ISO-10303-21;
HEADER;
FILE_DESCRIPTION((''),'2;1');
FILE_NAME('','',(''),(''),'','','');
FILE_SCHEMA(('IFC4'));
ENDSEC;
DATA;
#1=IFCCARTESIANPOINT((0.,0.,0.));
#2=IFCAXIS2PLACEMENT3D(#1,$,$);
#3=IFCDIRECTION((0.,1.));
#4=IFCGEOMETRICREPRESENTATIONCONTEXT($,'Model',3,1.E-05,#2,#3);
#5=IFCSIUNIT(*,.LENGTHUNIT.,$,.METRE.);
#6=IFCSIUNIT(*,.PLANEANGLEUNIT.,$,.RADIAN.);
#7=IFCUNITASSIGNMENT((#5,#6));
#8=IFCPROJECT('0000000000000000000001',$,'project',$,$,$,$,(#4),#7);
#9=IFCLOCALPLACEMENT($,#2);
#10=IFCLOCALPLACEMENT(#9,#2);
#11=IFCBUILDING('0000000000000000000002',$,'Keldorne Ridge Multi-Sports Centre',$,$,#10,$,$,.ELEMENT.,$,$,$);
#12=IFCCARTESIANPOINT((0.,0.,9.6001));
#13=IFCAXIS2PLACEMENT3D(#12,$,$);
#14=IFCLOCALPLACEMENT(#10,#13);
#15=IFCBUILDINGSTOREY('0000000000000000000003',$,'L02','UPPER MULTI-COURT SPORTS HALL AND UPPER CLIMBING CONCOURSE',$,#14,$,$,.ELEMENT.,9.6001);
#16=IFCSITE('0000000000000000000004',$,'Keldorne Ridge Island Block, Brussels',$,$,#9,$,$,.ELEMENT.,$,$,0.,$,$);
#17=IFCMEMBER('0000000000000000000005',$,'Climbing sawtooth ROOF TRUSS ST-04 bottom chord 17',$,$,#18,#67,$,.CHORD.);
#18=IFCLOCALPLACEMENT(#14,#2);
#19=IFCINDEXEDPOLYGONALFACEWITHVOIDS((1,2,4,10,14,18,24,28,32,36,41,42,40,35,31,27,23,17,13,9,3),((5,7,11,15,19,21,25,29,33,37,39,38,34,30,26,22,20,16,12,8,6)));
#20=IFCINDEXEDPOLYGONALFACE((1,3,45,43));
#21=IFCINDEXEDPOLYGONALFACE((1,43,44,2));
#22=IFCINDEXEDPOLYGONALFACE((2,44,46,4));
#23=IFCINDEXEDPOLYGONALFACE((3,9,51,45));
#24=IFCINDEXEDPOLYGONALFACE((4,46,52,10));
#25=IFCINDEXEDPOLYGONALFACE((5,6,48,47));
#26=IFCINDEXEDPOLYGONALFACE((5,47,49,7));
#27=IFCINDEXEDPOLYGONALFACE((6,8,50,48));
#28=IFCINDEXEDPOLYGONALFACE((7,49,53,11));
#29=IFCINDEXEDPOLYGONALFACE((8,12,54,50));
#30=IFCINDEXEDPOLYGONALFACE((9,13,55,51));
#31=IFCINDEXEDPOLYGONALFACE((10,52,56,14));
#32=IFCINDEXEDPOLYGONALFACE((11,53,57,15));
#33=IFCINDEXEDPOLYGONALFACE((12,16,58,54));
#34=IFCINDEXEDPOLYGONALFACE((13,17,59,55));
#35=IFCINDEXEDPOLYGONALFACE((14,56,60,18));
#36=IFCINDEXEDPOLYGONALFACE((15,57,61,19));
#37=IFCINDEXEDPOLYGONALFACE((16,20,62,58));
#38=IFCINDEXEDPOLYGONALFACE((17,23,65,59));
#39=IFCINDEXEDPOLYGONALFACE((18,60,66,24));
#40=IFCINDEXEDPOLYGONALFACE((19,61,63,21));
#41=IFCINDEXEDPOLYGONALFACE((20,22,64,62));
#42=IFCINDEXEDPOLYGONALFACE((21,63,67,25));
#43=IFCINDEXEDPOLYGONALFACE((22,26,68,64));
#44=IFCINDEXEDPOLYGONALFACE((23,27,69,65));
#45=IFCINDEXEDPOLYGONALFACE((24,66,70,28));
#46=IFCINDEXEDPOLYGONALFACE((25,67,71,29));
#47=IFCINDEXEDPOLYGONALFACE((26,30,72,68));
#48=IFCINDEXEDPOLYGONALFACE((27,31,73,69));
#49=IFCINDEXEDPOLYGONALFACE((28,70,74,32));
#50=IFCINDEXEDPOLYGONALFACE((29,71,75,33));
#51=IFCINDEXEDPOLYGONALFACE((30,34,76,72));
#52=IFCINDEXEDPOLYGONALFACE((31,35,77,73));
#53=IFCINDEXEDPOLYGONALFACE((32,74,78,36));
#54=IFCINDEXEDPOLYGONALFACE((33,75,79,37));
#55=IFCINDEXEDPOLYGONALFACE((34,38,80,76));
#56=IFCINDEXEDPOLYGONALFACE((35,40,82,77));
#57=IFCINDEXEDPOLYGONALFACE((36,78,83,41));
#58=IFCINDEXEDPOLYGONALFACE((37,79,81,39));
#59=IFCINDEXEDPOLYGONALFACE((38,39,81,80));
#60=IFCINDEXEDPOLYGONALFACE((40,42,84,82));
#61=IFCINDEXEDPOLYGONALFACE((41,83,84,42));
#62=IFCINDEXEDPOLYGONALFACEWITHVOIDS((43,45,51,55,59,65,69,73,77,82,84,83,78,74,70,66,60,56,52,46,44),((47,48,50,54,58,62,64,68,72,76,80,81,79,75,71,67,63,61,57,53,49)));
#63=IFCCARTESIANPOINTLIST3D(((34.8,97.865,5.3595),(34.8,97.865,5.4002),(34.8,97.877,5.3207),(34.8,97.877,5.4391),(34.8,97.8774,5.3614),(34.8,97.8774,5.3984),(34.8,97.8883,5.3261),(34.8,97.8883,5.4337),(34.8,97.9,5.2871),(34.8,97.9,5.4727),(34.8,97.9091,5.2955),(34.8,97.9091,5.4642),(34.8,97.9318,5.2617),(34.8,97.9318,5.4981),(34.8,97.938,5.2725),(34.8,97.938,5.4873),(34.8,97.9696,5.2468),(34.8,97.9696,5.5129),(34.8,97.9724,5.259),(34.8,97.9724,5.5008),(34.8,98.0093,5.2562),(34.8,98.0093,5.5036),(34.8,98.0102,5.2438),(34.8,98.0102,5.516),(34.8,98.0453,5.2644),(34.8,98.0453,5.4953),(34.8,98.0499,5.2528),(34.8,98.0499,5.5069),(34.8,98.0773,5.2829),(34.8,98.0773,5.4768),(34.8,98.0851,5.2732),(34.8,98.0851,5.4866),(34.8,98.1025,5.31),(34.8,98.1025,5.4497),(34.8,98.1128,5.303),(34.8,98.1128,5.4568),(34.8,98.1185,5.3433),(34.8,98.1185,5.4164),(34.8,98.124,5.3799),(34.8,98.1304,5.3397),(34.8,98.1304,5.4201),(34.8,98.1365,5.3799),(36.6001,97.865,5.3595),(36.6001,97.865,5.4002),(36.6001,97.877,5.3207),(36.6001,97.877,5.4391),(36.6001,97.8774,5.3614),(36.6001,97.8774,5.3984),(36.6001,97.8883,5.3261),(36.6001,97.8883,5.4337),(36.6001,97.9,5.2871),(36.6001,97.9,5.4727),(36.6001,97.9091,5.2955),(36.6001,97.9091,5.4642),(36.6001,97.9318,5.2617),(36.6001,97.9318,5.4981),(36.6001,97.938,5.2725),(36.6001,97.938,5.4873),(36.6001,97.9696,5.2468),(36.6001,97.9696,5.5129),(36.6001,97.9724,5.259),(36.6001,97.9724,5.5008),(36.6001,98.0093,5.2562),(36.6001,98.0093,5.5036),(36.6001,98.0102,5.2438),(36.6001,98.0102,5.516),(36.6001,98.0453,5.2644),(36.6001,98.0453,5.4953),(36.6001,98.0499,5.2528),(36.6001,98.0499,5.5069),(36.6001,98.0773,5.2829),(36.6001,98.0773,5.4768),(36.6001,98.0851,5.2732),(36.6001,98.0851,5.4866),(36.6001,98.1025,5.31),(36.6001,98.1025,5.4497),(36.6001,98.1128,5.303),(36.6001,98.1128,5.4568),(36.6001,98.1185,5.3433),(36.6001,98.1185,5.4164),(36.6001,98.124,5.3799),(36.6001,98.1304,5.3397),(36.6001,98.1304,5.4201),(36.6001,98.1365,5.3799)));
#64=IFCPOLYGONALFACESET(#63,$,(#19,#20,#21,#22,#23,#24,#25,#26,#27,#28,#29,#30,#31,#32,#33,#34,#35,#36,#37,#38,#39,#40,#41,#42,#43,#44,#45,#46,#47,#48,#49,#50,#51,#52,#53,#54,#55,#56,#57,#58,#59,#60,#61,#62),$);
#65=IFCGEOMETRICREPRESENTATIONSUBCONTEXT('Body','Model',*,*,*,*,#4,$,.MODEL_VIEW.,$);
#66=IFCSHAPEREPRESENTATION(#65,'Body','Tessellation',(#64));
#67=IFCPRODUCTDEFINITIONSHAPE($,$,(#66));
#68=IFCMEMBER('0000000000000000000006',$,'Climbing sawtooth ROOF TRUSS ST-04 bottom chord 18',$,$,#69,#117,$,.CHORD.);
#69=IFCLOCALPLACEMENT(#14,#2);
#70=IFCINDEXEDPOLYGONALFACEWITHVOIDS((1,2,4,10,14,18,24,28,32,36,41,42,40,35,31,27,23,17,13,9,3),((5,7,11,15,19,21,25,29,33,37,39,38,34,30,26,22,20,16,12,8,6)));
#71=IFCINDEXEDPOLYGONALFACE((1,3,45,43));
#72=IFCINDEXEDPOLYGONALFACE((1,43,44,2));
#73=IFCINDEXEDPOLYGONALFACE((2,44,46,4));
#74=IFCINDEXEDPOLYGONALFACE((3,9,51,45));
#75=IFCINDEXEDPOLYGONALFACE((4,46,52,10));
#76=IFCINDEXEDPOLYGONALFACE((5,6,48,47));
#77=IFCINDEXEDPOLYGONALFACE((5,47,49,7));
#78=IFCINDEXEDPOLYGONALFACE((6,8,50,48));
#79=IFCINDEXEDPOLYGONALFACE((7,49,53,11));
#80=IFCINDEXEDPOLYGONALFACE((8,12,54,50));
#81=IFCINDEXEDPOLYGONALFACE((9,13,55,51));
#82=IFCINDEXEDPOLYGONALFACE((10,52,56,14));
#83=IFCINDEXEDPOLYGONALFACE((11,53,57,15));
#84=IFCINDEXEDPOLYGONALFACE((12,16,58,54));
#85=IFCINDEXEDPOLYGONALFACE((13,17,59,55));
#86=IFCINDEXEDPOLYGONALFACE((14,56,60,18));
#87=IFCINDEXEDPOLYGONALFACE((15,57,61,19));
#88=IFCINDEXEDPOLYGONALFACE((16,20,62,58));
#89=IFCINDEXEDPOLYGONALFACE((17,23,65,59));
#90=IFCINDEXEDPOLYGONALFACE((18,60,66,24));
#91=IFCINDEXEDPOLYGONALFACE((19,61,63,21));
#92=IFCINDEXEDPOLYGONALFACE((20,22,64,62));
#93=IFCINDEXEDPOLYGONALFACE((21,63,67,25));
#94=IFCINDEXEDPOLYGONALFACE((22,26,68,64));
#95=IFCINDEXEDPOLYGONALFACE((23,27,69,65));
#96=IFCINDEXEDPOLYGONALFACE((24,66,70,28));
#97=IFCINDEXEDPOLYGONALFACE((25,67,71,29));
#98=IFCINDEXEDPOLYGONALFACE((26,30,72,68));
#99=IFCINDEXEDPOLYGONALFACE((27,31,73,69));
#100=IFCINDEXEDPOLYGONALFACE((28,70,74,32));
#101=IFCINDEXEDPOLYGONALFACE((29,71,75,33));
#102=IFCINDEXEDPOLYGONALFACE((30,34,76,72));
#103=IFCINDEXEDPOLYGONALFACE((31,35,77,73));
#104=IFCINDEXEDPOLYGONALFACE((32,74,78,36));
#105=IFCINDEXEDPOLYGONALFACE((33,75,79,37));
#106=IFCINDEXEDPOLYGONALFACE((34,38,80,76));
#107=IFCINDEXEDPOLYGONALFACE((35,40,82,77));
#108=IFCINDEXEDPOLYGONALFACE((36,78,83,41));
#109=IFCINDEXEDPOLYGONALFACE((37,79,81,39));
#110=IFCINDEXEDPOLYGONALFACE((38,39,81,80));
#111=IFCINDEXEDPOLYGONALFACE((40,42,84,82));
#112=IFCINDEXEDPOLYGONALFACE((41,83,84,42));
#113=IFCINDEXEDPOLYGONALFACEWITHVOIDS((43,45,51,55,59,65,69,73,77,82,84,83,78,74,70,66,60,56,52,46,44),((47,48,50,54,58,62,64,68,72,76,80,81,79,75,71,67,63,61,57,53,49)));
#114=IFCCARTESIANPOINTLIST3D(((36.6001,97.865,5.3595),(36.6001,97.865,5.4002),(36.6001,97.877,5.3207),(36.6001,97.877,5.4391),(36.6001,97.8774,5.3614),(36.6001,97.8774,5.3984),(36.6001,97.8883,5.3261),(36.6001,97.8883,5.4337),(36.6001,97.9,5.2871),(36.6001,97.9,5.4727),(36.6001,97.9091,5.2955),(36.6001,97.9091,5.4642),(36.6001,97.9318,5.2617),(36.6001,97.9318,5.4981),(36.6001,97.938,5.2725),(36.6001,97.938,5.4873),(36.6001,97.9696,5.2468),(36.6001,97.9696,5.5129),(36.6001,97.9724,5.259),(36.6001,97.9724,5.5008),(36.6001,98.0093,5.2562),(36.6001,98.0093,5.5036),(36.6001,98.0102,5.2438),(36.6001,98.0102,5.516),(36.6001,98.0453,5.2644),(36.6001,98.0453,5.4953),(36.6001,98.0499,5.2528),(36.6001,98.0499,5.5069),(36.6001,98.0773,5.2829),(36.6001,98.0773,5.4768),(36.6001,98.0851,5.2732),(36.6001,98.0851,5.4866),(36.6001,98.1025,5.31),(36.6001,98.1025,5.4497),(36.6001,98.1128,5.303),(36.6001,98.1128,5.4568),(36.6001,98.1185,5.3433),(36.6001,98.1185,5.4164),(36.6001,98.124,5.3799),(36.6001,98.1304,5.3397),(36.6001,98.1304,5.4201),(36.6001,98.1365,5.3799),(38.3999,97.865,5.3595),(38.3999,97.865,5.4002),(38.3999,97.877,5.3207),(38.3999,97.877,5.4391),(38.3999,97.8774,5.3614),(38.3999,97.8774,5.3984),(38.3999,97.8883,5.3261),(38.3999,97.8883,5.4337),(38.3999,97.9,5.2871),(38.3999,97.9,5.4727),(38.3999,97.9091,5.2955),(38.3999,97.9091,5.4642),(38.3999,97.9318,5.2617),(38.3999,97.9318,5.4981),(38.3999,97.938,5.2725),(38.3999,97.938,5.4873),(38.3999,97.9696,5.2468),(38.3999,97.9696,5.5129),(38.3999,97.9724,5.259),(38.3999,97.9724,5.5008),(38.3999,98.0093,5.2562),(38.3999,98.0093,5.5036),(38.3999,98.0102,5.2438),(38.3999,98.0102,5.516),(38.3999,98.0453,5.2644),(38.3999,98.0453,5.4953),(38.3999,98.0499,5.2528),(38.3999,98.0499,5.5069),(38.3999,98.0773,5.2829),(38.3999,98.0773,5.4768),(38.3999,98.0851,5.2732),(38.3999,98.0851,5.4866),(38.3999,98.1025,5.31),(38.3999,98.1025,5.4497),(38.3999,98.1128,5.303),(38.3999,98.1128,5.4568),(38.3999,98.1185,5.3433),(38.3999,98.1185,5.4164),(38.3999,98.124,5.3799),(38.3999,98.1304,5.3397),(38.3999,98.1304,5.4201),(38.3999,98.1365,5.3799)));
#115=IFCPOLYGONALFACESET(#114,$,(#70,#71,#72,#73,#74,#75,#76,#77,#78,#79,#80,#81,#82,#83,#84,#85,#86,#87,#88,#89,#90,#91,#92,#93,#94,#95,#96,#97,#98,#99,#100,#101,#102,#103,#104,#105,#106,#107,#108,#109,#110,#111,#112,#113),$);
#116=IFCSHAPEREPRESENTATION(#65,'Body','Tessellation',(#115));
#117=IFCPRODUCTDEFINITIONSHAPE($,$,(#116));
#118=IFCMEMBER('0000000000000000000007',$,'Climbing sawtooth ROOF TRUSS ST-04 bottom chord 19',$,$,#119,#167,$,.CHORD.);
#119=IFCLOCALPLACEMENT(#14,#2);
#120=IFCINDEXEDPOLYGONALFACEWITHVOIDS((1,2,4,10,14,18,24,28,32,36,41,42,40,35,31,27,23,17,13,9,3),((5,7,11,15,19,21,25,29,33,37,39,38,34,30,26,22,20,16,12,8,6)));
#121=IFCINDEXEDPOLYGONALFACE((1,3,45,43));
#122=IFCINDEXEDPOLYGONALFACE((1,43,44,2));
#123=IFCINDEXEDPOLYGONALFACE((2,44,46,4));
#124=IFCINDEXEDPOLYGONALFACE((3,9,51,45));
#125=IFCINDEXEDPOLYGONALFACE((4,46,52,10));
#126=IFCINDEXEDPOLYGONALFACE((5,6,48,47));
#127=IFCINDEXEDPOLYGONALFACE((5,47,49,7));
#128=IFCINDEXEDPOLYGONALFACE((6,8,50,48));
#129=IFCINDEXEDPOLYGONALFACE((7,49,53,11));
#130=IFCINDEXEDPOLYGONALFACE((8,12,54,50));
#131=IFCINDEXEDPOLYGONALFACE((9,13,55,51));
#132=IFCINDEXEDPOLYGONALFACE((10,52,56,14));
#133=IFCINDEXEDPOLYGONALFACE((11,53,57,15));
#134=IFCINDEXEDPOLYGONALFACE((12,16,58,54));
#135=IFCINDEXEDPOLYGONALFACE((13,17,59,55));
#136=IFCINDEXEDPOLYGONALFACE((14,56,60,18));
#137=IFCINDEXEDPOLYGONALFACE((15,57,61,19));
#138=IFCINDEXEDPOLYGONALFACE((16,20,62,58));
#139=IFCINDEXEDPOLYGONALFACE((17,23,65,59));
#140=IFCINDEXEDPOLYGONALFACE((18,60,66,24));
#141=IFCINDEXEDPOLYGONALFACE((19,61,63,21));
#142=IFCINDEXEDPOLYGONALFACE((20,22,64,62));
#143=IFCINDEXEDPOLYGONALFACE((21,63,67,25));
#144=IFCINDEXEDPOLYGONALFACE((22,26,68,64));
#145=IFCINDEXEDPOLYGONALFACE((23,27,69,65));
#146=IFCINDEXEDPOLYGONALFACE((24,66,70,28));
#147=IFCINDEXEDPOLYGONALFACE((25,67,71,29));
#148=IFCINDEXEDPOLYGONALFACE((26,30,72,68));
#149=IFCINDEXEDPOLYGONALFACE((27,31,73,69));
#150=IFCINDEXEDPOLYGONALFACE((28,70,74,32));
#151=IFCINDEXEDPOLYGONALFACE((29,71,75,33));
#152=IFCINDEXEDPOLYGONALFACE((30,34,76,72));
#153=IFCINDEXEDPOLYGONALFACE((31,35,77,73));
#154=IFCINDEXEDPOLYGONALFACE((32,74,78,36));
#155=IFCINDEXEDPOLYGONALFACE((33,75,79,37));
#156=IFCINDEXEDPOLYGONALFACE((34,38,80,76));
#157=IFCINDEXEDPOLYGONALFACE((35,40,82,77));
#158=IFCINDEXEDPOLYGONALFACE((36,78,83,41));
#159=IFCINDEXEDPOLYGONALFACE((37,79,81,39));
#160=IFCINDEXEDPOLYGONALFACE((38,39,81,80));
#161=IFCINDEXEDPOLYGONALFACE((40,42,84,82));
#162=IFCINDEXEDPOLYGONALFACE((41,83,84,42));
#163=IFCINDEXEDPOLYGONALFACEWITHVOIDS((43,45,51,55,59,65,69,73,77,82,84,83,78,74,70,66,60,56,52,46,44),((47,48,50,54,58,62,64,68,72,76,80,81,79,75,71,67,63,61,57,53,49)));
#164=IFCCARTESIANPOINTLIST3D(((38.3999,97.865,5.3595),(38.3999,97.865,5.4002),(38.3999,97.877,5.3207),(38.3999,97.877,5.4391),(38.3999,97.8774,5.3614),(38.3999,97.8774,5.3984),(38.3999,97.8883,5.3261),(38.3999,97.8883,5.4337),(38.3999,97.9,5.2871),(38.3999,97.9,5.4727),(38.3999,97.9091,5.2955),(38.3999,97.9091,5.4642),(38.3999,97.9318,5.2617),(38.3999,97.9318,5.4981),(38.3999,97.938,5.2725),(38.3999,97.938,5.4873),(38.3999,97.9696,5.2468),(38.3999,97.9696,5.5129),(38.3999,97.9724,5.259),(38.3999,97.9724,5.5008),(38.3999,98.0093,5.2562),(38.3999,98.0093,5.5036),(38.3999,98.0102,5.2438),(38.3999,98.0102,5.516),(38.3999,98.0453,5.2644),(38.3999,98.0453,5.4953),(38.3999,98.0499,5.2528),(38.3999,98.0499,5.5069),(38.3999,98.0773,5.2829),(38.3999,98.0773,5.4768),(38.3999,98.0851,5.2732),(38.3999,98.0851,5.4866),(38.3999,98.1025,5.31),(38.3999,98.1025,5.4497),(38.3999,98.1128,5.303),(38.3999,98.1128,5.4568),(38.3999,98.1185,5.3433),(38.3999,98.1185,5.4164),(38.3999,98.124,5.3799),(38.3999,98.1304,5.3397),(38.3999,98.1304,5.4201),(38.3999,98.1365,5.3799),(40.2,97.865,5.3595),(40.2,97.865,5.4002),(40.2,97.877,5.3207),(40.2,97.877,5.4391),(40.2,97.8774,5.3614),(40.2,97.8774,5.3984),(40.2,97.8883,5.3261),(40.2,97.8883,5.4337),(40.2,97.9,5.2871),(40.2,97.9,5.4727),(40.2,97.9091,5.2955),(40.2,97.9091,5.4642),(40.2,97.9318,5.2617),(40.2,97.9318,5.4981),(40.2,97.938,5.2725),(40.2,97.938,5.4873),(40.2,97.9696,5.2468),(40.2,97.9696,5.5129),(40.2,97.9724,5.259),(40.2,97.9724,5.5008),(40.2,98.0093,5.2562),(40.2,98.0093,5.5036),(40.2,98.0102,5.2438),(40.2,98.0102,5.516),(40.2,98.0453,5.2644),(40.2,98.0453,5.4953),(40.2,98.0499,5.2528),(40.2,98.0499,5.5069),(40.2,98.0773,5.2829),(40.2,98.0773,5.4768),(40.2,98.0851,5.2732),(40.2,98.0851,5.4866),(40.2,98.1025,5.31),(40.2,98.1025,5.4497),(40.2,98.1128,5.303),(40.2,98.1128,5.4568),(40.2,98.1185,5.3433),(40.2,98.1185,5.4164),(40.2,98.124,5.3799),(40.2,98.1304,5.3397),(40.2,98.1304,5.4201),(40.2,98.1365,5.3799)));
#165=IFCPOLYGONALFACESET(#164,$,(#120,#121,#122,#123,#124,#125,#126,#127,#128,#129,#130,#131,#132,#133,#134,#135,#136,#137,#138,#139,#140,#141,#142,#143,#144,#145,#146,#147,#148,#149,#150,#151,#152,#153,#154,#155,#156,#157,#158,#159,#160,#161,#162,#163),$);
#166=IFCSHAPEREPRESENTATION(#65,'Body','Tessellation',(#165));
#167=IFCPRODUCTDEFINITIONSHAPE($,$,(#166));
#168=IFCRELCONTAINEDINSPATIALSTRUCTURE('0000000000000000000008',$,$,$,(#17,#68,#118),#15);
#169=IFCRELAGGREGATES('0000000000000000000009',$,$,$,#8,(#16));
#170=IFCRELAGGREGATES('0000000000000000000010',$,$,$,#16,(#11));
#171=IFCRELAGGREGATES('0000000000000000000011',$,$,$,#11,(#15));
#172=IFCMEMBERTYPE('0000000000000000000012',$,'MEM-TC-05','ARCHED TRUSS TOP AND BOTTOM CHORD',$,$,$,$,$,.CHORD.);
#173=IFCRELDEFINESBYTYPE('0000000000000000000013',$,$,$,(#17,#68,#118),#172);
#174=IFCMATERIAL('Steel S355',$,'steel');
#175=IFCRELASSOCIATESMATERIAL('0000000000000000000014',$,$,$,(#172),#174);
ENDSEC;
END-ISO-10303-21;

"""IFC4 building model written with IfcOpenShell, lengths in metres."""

from ifc_helpers import new_model, si_unit, direction, frame, origin, origin_2d, place, context, subcontext, project, spatial, hollow_circle, extrude, material, material_profile, profile_set, type_object, element, save


model = new_model("IFC4")

# Units and contexts
model_context = context("Model", 3, precision=1e-05, world=origin(), true_north=direction((0.0, 1.0)))
body_context = subcontext(model_context, "Body", "Model", "MODEL_VIEW")
ifc_project = project(units=[si_unit("LENGTHUNIT", "METRE"), si_unit("PLANEANGLEUNIT", "RADIAN")], contexts=[model_context])

# Site, building, storey
site_placement = place(None, origin())
site = spatial("IfcSite", under=ifc_project, at=site_placement, Name="Keldorne Ridge Island Block, Brussels", CompositionType="ELEMENT", RefElevation=0.0)
building_placement = place(site_placement, origin())
building = spatial("IfcBuilding", under=site, at=building_placement, Name="Keldorne Ridge Multi-Sports Centre", CompositionType="ELEMENT")
storey_placement = place(building_placement, frame((0.0, 0.0, 9.6001)))
storey = spatial("IfcBuildingStorey", under=building, at=storey_placement, Name="L02", Description="UPPER MULTI-COURT SPORTS HALL AND UPPER CLIMBING CONCOURSE", CompositionType="ELEMENT", Elevation=9.6001)

# Shared definitions
ifc_material_1 = material(Name="Steel S355", Category="steel")

# Members
ifc_material_profile_1 = material_profile(ifc_material_1, hollow_circle(Radius=0.1365, WallThickness=0.0125, at=origin_2d()), Name="CHS 273x12.5")
ifc_profile_set_1 = profile_set([ifc_material_profile_1], Name="Steel S355")
member_type_1 = type_object("IfcMemberType", Name="MEM-TC-05", Description="ARCHED TRUSS TOP AND BOTTOM CHORD", PredefinedType="CHORD", material=ifc_profile_set_1)
for number, where, z_axis, x_axis, name in (
    (1, (34.8, 98.0, 5.3799), (1.0, 0.0, 0.0), (0.0, 1.0, 0.0), "Climbing sawtooth ROOF TRUSS ST-04 bottom chord 17"),
):
    element("IfcMember", number, at=place(storey_placement, frame(where, z_axis=z_axis, x_axis=x_axis)), inside=storey, type_object=member_type_1, Name=name, PredefinedType="CHORD", context=body_context, shape_type="SweptSolid", body=[
        extrude(hollow_circle(Radius=0.1365, WallThickness=0.0125, at=origin_2d()), origin(), (0.0, 0.0, 1.0), 1.8),
    ])
member_1_placement = place(storey_placement, frame((36.6001, 98.0, 5.3799), z_axis=(1.0, 0.0, 0.0), x_axis=(0.0, 1.0, 0.0)))
element("IfcMember", 2, at=member_1_placement, inside=storey, type_object=member_type_1, Name="Climbing sawtooth ROOF TRUSS ST-04 bottom chord 18", PredefinedType="CHORD", context=body_context, shape_type="SweptSolid", body=[
    extrude(hollow_circle(Radius=0.1365, WallThickness=0.0125, at=origin_2d()), origin(), (0.0, 0.0, 1.0), 1.7998),
])
for number, where, z_axis, x_axis, name in (
    (3, (38.3999, 98.0, 5.3799), (1.0, 0.0, 0.0), (0.0, 1.0, 0.0), "Climbing sawtooth ROOF TRUSS ST-04 bottom chord 19"),
):
    element("IfcMember", number, at=place(storey_placement, frame(where, z_axis=z_axis, x_axis=x_axis)), inside=storey, type_object=member_type_1, Name=name, PredefinedType="CHORD", context=body_context, shape_type="SweptSolid", body=[
        extrude(hollow_circle(Radius=0.1365, WallThickness=0.0125, at=origin_2d()), origin(), (0.0, 0.0, 1.0), 1.8),
    ])

save(model, "model.ifc")
